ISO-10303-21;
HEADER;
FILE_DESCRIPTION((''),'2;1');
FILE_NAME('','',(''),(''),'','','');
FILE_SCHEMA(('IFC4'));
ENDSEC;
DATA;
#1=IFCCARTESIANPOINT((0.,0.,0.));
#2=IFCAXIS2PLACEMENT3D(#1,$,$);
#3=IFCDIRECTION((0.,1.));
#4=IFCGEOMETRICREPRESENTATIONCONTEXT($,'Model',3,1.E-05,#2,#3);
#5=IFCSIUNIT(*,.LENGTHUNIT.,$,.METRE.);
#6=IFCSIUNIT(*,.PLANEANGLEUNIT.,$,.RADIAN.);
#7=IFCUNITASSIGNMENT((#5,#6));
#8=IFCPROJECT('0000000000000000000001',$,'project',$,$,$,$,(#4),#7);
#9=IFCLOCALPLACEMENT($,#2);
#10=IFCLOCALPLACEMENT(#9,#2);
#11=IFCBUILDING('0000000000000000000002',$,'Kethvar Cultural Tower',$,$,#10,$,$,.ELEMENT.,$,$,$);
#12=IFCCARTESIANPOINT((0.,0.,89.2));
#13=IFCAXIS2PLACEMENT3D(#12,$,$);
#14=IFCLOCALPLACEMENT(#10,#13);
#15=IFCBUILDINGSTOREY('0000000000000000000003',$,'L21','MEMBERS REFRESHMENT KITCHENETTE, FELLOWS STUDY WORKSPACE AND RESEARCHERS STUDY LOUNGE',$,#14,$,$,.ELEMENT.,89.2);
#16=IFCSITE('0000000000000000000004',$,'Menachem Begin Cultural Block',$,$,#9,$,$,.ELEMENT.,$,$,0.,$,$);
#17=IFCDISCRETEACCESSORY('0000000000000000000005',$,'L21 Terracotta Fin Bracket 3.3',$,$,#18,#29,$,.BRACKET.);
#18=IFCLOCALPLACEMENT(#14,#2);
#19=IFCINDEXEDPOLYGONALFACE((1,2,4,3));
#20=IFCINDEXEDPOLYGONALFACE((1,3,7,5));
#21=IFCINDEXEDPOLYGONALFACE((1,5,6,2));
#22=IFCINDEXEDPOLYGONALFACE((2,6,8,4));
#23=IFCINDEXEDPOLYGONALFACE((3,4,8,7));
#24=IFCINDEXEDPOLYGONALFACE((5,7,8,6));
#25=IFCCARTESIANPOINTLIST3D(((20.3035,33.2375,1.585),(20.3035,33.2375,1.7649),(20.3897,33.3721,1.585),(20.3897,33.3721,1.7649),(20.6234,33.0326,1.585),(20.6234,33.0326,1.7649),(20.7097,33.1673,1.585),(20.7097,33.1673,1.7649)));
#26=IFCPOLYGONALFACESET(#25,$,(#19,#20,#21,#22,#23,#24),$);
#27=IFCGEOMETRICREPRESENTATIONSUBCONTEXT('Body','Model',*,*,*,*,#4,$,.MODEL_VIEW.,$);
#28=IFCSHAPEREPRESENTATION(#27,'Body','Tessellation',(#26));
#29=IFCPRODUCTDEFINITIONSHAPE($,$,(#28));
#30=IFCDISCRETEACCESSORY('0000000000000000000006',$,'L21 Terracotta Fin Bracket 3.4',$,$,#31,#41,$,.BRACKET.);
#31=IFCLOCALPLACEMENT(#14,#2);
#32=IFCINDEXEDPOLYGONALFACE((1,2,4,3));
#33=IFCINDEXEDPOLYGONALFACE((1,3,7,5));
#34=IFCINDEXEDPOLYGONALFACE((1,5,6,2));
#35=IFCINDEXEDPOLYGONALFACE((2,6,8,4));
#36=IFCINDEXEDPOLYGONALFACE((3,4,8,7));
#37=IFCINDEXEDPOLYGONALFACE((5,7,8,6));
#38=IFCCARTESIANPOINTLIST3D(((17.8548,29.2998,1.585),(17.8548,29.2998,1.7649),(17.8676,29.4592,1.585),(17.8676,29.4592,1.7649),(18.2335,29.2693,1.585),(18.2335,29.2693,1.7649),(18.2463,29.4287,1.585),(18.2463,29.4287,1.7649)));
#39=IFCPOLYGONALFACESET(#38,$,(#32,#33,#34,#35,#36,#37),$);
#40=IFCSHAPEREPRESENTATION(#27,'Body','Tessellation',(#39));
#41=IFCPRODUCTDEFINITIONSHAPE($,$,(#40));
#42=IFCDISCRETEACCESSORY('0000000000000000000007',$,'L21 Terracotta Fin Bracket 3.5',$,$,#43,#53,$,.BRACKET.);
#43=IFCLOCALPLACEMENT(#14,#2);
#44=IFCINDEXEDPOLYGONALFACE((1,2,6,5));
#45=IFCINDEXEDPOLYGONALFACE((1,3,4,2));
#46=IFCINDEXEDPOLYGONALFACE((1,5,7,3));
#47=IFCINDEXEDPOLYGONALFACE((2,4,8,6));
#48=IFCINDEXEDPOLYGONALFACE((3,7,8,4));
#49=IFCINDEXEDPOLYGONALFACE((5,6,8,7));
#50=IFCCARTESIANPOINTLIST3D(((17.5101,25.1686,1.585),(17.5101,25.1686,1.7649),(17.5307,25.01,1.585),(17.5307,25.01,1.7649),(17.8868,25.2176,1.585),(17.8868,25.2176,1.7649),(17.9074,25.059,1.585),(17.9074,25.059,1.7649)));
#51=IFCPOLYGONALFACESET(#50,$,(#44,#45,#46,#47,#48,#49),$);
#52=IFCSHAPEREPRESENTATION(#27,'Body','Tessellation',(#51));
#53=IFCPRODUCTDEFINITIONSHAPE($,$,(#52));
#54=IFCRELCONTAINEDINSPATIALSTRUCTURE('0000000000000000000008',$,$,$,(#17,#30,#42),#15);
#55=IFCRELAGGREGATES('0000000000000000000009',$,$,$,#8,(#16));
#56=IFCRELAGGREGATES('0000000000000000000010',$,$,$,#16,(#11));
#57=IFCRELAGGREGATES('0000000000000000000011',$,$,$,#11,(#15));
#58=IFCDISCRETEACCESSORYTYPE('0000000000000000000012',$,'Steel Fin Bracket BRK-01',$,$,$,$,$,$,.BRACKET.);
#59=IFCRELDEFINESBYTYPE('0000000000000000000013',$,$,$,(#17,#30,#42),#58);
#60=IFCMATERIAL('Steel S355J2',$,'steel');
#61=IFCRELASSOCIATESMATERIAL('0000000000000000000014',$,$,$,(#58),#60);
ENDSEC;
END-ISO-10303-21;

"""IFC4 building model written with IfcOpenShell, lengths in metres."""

from ifc_helpers import new_model, si_unit, direction, frame, origin, origin_2d, place, context, subcontext, project, spatial, rectangle, extrude, source, transform, mapped, material, type_object, element, save


model = new_model("IFC4")

# Units and contexts
model_context = context("Model", 3, precision=1e-05, world=origin(), true_north=direction((0.0, 1.0)))
body_context = subcontext(model_context, "Body", "Model", "MODEL_VIEW")
ifc_project = project(units=[si_unit("LENGTHUNIT", "METRE"), si_unit("PLANEANGLEUNIT", "RADIAN")], contexts=[model_context])

# Site, building, storey
site_placement = place(None, origin())
site = spatial("IfcSite", under=ifc_project, at=site_placement, Name="Menachem Begin Cultural Block", CompositionType="ELEMENT", RefElevation=0.0)
building_placement = place(site_placement, origin())
building = spatial("IfcBuilding", under=site, at=building_placement, Name="Kethvar Cultural Tower", CompositionType="ELEMENT")
storey_placement = place(building_placement, frame((0.0, 0.0, 89.2)))
storey = spatial("IfcBuildingStorey", under=building, at=storey_placement, Name="L21", Description="MEMBERS REFRESHMENT KITCHENETTE, FELLOWS STUDY WORKSPACE AND RESEARCHERS STUDY LOUNGE", CompositionType="ELEMENT", Elevation=89.2)

# Shared definitions
ifc_material_1 = material(Name="Steel S355J2", Category="steel")

# Discrete accessories
discrete_accessory_type = type_object("IfcDiscreteAccessoryType", Name="Steel Fin Bracket BRK-01", PredefinedType="BRACKET", material=ifc_material_1)
shared_shape_1 = source(origin(), body_context, "Body", "SweptSolid", [
    extrude(rectangle(XDim=0.3799, YDim=0.1599, at=origin_2d()), origin(), (0.0, 0.0, 1.0), 0.1799),
])
for number, where, z_axis, x_axis, name in (
    (1, (20.5066, 33.2024, 1.585), (0.0, 0.0, 1.0), (-0.84217, 0.539212, 0.0), "L21 Terracotta Fin Bracket 3.3"),
    (2, (18.0505, 29.3643, 1.585), (0.0, 0.0, 1.0), (-0.996779, 0.080199, 0.0), "L21 Terracotta Fin Bracket 3.4"),
    (3, (17.7087, 25.1138, 1.585), (0.0, 0.0, 1.0), (-0.991649, -0.128969, 0.0), "L21 Terracotta Fin Bracket 3.5"),
):
    element("IfcDiscreteAccessory", number, at=place(storey_placement, frame(where, z_axis=z_axis, x_axis=x_axis)), inside=storey, type_object=discrete_accessory_type, Name=name, PredefinedType="BRACKET", context=body_context, shape_type="MappedRepresentation", body=[
        mapped(shared_shape_1, transform((0.0, 0.0, 0.0), scale=1.0)),
    ])

save(model, "model.ifc")
